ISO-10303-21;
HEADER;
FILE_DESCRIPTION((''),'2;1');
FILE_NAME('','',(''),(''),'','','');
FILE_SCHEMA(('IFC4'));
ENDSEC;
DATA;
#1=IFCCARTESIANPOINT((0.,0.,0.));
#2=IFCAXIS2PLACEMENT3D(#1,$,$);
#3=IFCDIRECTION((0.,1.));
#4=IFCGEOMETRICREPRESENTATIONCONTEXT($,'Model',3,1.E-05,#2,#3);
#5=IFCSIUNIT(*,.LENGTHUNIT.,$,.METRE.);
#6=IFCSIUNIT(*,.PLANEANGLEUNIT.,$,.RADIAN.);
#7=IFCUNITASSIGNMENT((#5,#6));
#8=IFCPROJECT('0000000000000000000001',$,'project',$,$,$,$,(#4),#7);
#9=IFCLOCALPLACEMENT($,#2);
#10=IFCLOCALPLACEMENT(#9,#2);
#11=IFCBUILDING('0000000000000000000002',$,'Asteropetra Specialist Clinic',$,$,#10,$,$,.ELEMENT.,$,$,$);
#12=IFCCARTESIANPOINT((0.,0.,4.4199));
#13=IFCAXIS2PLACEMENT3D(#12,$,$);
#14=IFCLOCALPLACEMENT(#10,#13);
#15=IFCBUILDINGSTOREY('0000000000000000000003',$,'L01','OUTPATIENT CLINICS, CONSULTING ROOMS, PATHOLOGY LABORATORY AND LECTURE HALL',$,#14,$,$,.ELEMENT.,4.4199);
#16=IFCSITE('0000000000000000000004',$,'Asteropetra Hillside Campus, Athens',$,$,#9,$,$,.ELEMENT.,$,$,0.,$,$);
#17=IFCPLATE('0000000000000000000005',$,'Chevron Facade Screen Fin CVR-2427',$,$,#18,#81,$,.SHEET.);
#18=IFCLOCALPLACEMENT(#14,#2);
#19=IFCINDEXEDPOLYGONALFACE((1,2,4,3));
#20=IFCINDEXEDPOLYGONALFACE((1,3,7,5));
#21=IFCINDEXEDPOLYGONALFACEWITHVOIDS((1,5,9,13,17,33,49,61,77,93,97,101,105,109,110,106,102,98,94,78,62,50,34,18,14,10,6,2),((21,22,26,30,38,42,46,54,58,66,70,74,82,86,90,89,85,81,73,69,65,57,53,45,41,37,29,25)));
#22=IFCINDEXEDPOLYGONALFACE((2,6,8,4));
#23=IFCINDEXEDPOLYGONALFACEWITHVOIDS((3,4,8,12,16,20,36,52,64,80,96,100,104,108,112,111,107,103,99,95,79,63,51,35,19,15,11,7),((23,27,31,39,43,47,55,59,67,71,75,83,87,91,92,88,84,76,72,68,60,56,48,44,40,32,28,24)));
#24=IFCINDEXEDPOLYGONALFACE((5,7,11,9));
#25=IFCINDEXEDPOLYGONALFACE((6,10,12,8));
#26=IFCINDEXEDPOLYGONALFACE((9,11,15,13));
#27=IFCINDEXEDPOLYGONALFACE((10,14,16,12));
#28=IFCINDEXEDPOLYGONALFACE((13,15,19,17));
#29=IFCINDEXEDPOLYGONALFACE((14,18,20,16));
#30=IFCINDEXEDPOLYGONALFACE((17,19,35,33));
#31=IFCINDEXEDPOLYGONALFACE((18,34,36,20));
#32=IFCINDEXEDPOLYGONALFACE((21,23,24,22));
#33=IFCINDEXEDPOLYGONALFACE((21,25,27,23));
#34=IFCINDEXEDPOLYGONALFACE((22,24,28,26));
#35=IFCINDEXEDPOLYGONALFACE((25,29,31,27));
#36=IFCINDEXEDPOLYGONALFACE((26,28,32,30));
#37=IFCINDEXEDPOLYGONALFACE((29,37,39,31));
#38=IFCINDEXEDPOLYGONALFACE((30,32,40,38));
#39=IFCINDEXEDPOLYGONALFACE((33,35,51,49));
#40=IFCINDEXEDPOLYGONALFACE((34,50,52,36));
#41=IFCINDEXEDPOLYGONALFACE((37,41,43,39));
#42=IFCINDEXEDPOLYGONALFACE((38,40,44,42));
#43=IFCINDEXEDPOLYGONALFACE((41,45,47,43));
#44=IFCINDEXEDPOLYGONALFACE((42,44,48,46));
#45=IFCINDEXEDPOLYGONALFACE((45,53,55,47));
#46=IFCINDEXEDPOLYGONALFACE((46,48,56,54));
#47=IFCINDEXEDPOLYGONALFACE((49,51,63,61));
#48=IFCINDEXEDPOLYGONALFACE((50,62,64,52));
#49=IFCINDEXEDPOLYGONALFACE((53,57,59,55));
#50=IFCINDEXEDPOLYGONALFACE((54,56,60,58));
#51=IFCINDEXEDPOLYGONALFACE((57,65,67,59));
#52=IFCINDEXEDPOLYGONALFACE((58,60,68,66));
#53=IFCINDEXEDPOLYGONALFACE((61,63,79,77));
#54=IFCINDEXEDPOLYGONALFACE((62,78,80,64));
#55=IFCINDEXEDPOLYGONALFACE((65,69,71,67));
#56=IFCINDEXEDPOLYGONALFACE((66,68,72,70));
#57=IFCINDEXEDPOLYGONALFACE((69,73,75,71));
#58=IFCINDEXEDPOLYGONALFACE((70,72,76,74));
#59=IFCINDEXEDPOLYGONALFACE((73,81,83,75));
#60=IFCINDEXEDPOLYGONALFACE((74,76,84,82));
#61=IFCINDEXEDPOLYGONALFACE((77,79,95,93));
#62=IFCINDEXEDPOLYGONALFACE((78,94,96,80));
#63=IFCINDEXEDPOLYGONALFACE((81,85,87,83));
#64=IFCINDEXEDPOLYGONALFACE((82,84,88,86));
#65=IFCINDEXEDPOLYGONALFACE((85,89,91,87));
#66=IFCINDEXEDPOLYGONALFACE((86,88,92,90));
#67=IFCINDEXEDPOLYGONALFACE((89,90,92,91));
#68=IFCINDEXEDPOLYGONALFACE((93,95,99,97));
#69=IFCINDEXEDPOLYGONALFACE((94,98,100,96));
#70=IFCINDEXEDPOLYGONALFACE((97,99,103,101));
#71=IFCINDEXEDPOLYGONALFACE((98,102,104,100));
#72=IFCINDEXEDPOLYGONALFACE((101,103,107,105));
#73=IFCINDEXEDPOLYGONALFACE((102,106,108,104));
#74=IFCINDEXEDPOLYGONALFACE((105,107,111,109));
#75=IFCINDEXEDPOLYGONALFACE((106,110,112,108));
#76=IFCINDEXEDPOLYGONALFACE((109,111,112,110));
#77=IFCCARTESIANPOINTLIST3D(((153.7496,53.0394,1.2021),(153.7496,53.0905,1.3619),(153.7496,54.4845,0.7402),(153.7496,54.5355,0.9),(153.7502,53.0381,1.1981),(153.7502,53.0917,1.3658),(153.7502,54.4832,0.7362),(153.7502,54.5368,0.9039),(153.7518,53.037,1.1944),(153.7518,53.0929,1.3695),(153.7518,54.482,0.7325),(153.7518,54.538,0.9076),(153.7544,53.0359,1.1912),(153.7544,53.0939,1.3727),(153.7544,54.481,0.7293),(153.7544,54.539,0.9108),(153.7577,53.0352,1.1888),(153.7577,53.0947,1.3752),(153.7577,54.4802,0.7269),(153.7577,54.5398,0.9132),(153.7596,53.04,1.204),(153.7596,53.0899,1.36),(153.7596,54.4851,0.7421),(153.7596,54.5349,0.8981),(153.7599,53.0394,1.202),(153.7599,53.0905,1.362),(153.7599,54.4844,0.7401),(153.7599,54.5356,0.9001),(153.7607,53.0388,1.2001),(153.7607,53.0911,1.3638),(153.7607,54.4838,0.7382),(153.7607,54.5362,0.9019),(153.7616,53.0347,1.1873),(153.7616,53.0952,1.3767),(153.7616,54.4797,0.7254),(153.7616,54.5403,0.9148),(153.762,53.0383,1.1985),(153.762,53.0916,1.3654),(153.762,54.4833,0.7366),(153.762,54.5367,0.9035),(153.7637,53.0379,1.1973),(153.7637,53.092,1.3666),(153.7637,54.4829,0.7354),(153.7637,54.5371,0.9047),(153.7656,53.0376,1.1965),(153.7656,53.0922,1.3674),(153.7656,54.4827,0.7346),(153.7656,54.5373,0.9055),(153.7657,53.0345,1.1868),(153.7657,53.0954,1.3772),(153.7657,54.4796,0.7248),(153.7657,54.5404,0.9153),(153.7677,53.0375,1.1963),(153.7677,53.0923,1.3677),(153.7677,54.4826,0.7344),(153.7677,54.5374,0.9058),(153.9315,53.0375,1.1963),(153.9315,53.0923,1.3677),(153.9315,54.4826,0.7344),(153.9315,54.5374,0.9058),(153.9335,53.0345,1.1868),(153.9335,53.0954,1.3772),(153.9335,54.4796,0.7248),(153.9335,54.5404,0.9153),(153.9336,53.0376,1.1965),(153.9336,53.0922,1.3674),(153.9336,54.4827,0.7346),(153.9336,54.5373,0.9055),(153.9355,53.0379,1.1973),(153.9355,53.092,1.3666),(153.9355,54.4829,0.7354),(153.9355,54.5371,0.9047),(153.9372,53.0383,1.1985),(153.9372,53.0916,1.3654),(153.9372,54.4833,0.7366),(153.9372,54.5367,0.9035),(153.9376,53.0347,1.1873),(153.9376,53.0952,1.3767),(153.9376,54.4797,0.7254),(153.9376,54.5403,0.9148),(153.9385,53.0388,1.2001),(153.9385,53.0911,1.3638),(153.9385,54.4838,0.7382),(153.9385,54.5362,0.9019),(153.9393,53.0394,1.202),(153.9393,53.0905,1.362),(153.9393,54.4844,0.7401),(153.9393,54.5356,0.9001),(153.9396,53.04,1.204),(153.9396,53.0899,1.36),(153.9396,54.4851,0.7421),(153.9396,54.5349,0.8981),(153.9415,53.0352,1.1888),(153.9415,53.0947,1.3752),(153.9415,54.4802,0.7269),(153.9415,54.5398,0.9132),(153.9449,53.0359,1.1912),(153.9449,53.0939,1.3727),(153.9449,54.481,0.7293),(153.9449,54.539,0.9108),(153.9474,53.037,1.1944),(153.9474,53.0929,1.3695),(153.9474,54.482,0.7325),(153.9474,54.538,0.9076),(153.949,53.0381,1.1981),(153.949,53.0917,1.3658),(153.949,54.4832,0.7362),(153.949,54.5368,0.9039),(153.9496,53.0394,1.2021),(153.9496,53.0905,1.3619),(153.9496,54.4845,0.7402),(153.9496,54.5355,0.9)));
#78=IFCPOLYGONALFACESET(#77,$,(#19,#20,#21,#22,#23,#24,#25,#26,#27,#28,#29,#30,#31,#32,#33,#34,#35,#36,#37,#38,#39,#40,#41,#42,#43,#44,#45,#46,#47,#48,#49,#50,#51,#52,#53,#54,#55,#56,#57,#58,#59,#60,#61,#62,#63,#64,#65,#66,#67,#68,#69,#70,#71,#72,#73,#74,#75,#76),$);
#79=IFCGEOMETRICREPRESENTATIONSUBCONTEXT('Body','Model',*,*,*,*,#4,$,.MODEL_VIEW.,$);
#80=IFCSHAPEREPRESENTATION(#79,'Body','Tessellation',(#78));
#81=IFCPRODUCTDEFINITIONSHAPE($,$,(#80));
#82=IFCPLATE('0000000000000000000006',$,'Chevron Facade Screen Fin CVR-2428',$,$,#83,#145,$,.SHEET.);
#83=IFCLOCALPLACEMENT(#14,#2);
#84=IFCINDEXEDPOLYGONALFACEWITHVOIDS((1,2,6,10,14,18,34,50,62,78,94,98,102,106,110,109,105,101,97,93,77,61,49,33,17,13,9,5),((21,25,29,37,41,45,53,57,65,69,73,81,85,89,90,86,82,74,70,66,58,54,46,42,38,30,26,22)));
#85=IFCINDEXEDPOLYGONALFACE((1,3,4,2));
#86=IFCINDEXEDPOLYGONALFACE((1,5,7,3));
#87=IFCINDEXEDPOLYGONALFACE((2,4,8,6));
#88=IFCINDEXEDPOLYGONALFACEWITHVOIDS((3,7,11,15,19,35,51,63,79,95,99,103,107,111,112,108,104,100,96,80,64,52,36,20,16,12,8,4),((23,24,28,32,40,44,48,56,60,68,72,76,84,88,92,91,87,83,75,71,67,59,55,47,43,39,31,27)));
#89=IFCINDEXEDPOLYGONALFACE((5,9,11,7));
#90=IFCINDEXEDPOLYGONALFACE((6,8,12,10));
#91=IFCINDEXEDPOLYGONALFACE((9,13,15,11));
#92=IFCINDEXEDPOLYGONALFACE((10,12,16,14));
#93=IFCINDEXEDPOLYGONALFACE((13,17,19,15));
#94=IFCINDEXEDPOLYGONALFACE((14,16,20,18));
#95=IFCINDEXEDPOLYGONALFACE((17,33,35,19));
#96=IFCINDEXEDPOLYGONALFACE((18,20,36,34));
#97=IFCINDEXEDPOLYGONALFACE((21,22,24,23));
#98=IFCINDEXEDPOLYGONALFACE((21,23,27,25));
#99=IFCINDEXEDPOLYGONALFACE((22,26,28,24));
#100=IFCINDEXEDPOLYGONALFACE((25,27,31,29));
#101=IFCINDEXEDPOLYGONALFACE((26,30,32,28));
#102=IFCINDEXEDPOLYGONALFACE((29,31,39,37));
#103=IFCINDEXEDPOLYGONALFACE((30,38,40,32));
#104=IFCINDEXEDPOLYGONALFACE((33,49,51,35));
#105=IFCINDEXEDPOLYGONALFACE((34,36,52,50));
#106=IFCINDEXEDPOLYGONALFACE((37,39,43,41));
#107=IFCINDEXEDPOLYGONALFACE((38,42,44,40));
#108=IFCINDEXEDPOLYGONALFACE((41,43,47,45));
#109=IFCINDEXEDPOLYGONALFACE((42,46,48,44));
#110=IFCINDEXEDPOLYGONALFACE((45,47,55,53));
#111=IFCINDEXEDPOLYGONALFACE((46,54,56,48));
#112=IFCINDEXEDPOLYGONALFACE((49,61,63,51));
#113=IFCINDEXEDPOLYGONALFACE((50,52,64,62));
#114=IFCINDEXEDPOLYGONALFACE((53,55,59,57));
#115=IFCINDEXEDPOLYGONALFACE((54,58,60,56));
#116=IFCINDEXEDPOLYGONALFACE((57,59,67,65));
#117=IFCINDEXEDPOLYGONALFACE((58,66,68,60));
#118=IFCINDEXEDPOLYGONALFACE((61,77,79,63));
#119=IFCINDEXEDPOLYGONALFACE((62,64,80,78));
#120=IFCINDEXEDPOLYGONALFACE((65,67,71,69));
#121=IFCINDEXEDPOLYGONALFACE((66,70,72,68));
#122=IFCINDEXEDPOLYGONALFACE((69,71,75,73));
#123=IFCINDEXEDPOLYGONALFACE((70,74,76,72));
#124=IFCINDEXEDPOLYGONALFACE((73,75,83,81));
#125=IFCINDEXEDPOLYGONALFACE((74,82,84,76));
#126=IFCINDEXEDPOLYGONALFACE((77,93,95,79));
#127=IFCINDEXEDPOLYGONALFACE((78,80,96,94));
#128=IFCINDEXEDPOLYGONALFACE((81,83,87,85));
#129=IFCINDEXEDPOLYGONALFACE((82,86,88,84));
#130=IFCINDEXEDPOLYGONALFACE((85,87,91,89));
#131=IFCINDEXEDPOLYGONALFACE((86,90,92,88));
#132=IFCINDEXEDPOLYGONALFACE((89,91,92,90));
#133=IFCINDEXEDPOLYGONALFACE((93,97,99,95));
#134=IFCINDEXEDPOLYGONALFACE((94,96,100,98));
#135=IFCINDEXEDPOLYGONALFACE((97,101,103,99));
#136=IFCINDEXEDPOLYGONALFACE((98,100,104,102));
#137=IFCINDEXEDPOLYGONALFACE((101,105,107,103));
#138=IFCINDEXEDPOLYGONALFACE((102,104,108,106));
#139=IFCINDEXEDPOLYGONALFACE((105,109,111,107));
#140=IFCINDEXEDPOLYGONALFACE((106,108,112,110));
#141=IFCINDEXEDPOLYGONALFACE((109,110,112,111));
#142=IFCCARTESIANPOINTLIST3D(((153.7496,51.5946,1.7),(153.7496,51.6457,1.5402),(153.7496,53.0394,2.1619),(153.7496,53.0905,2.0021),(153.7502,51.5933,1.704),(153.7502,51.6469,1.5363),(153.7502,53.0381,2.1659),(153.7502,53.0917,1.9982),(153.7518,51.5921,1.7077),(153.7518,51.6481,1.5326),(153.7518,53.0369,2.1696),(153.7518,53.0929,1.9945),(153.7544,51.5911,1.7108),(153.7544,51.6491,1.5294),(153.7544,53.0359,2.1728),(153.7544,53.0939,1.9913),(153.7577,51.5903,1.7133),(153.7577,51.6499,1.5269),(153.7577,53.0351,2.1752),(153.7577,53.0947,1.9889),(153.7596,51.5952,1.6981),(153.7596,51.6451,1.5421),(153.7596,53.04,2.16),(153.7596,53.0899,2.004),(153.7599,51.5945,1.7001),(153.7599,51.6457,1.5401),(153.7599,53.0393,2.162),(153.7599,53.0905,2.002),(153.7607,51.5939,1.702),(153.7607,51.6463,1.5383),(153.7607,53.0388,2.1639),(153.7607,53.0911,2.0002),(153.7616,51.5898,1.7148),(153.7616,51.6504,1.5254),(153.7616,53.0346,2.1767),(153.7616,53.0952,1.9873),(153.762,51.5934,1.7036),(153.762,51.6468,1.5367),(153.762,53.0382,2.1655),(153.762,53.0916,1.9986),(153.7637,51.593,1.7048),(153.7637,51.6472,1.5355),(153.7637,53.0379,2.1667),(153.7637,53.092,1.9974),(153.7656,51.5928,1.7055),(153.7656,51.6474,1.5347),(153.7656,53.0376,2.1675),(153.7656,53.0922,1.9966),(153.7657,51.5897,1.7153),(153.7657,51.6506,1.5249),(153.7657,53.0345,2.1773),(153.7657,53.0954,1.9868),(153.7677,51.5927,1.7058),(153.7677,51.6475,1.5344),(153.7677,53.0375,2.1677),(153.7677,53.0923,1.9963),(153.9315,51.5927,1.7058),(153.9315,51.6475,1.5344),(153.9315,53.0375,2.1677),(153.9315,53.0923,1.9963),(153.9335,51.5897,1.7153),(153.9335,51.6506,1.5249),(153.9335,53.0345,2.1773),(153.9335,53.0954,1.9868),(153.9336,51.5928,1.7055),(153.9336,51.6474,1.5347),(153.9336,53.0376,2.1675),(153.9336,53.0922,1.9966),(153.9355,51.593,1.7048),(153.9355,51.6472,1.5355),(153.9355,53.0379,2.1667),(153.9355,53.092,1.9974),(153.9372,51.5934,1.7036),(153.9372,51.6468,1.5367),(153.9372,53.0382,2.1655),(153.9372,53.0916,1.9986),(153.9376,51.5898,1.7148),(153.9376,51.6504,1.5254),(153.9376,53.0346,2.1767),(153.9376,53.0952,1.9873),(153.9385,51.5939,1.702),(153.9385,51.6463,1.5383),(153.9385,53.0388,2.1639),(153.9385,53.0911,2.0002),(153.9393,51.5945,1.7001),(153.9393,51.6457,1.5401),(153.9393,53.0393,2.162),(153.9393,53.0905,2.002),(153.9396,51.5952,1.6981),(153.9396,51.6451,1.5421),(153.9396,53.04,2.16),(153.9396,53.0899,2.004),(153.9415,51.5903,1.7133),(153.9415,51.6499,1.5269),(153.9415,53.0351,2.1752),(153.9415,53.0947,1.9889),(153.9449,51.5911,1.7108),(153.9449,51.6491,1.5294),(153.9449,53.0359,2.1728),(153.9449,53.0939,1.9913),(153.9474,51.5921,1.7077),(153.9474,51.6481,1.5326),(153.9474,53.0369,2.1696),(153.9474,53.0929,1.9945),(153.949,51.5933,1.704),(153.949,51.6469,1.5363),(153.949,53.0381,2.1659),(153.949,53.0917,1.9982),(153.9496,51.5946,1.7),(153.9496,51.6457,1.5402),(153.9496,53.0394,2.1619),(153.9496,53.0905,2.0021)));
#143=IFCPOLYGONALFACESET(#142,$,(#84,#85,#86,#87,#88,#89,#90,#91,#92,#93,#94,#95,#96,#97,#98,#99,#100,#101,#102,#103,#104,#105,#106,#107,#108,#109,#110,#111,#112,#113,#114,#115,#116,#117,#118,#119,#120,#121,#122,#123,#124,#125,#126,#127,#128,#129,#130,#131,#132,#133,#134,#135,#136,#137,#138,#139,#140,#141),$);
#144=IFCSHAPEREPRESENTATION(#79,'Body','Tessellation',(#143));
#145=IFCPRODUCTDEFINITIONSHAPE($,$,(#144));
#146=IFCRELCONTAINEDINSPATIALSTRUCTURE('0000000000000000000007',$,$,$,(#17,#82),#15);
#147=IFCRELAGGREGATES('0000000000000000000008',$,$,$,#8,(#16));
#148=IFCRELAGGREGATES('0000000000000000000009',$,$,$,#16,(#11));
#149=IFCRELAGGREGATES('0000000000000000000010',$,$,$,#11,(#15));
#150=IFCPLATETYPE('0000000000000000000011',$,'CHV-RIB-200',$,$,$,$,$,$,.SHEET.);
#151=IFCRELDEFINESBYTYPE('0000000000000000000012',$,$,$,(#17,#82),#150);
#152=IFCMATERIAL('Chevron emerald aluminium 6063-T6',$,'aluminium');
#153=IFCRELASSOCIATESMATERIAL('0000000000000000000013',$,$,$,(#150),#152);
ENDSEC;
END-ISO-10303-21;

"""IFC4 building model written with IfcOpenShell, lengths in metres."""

from ifc_helpers import new_model, si_unit, direction, frame, origin, origin_2d, place, context, subcontext, project, spatial, hollow_rectangle, extrude, material, material_profile, profile_set, type_object, element, save


model = new_model("IFC4")

# Units and contexts
model_context = context("Model", 3, precision=1e-05, world=origin(), true_north=direction((0.0, 1.0)))
body_context = subcontext(model_context, "Body", "Model", "MODEL_VIEW")
ifc_project = project(units=[si_unit("LENGTHUNIT", "METRE"), si_unit("PLANEANGLEUNIT", "RADIAN")], contexts=[model_context])

# Site, building, storey
site_placement = place(None, origin())
site = spatial("IfcSite", under=ifc_project, at=site_placement, Name="Asteropetra Hillside Campus, Athens", CompositionType="ELEMENT", RefElevation=0.0)
building_placement = place(site_placement, origin())
building = spatial("IfcBuilding", under=site, at=building_placement, Name="Asteropetra Specialist Clinic", CompositionType="ELEMENT")
storey_placement = place(building_placement, frame((0.0, 0.0, 4.4199)))
storey = spatial("IfcBuildingStorey", under=building, at=storey_placement, Name="L01", Description="OUTPATIENT CLINICS, CONSULTING ROOMS, PATHOLOGY LABORATORY AND LECTURE HALL", CompositionType="ELEMENT", Elevation=4.4199)

# Plates
ifc_material_1 = material(Name="Chevron emerald aluminium 6063-T6", Category="aluminium")
ifc_material_profile_1 = material_profile(ifc_material_1, hollow_rectangle(XDim=0.2, YDim=0.2, WallThickness=0.01, InnerFilletRadius=0.0081, OuterFilletRadius=0.0161, at=origin_2d()), Name="SHS 200x200x10.0")
ifc_profile_set_1 = profile_set([ifc_material_profile_1], Name="Chevron emerald aluminium 6063-T6")
plate_type = type_object("IfcPlateType", Name="CHV-RIB-200", PredefinedType="SHEET", material=ifc_profile_set_1)
plate_1_placement = place(storey_placement, frame((153.8496, 53.0649, 1.282), z_axis=(0.0, 0.952521, -0.304472), x_axis=(-1.0, 0.0, 0.0)))
element("IfcPlate", 1, at=plate_1_placement, inside=storey, type_object=plate_type, Name="Chevron Facade Screen Fin CVR-2427", PredefinedType="SHEET", context=body_context, shape_type="SweptSolid", body=[
    extrude(hollow_rectangle(XDim=0.2, YDim=0.2, WallThickness=0.01, InnerFilletRadius=0.0081, OuterFilletRadius=0.0161, at=origin_2d()), origin(), (0.0, 0.0, 1.0), 1.5171),
])
for number, where, z_axis, x_axis, name in (
    (2, (153.8496, 51.6201, 1.6201), (0.0, 0.952506, 0.304519), (-1.0, 0.0, 0.0), "Chevron Facade Screen Fin CVR-2428"),
):
    element("IfcPlate", number, at=place(storey_placement, frame(where, z_axis=z_axis, x_axis=x_axis)), inside=storey, type_object=plate_type, Name=name, PredefinedType="SHEET", context=body_context, shape_type="SweptSolid", body=[
        extrude(hollow_rectangle(XDim=0.2, YDim=0.2, WallThickness=0.01, InnerFilletRadius=0.0081, OuterFilletRadius=0.0161, at=origin_2d()), origin(), (0.0, 0.0, 1.0), 1.5168),
    ])

save(model, "model.ifc")
